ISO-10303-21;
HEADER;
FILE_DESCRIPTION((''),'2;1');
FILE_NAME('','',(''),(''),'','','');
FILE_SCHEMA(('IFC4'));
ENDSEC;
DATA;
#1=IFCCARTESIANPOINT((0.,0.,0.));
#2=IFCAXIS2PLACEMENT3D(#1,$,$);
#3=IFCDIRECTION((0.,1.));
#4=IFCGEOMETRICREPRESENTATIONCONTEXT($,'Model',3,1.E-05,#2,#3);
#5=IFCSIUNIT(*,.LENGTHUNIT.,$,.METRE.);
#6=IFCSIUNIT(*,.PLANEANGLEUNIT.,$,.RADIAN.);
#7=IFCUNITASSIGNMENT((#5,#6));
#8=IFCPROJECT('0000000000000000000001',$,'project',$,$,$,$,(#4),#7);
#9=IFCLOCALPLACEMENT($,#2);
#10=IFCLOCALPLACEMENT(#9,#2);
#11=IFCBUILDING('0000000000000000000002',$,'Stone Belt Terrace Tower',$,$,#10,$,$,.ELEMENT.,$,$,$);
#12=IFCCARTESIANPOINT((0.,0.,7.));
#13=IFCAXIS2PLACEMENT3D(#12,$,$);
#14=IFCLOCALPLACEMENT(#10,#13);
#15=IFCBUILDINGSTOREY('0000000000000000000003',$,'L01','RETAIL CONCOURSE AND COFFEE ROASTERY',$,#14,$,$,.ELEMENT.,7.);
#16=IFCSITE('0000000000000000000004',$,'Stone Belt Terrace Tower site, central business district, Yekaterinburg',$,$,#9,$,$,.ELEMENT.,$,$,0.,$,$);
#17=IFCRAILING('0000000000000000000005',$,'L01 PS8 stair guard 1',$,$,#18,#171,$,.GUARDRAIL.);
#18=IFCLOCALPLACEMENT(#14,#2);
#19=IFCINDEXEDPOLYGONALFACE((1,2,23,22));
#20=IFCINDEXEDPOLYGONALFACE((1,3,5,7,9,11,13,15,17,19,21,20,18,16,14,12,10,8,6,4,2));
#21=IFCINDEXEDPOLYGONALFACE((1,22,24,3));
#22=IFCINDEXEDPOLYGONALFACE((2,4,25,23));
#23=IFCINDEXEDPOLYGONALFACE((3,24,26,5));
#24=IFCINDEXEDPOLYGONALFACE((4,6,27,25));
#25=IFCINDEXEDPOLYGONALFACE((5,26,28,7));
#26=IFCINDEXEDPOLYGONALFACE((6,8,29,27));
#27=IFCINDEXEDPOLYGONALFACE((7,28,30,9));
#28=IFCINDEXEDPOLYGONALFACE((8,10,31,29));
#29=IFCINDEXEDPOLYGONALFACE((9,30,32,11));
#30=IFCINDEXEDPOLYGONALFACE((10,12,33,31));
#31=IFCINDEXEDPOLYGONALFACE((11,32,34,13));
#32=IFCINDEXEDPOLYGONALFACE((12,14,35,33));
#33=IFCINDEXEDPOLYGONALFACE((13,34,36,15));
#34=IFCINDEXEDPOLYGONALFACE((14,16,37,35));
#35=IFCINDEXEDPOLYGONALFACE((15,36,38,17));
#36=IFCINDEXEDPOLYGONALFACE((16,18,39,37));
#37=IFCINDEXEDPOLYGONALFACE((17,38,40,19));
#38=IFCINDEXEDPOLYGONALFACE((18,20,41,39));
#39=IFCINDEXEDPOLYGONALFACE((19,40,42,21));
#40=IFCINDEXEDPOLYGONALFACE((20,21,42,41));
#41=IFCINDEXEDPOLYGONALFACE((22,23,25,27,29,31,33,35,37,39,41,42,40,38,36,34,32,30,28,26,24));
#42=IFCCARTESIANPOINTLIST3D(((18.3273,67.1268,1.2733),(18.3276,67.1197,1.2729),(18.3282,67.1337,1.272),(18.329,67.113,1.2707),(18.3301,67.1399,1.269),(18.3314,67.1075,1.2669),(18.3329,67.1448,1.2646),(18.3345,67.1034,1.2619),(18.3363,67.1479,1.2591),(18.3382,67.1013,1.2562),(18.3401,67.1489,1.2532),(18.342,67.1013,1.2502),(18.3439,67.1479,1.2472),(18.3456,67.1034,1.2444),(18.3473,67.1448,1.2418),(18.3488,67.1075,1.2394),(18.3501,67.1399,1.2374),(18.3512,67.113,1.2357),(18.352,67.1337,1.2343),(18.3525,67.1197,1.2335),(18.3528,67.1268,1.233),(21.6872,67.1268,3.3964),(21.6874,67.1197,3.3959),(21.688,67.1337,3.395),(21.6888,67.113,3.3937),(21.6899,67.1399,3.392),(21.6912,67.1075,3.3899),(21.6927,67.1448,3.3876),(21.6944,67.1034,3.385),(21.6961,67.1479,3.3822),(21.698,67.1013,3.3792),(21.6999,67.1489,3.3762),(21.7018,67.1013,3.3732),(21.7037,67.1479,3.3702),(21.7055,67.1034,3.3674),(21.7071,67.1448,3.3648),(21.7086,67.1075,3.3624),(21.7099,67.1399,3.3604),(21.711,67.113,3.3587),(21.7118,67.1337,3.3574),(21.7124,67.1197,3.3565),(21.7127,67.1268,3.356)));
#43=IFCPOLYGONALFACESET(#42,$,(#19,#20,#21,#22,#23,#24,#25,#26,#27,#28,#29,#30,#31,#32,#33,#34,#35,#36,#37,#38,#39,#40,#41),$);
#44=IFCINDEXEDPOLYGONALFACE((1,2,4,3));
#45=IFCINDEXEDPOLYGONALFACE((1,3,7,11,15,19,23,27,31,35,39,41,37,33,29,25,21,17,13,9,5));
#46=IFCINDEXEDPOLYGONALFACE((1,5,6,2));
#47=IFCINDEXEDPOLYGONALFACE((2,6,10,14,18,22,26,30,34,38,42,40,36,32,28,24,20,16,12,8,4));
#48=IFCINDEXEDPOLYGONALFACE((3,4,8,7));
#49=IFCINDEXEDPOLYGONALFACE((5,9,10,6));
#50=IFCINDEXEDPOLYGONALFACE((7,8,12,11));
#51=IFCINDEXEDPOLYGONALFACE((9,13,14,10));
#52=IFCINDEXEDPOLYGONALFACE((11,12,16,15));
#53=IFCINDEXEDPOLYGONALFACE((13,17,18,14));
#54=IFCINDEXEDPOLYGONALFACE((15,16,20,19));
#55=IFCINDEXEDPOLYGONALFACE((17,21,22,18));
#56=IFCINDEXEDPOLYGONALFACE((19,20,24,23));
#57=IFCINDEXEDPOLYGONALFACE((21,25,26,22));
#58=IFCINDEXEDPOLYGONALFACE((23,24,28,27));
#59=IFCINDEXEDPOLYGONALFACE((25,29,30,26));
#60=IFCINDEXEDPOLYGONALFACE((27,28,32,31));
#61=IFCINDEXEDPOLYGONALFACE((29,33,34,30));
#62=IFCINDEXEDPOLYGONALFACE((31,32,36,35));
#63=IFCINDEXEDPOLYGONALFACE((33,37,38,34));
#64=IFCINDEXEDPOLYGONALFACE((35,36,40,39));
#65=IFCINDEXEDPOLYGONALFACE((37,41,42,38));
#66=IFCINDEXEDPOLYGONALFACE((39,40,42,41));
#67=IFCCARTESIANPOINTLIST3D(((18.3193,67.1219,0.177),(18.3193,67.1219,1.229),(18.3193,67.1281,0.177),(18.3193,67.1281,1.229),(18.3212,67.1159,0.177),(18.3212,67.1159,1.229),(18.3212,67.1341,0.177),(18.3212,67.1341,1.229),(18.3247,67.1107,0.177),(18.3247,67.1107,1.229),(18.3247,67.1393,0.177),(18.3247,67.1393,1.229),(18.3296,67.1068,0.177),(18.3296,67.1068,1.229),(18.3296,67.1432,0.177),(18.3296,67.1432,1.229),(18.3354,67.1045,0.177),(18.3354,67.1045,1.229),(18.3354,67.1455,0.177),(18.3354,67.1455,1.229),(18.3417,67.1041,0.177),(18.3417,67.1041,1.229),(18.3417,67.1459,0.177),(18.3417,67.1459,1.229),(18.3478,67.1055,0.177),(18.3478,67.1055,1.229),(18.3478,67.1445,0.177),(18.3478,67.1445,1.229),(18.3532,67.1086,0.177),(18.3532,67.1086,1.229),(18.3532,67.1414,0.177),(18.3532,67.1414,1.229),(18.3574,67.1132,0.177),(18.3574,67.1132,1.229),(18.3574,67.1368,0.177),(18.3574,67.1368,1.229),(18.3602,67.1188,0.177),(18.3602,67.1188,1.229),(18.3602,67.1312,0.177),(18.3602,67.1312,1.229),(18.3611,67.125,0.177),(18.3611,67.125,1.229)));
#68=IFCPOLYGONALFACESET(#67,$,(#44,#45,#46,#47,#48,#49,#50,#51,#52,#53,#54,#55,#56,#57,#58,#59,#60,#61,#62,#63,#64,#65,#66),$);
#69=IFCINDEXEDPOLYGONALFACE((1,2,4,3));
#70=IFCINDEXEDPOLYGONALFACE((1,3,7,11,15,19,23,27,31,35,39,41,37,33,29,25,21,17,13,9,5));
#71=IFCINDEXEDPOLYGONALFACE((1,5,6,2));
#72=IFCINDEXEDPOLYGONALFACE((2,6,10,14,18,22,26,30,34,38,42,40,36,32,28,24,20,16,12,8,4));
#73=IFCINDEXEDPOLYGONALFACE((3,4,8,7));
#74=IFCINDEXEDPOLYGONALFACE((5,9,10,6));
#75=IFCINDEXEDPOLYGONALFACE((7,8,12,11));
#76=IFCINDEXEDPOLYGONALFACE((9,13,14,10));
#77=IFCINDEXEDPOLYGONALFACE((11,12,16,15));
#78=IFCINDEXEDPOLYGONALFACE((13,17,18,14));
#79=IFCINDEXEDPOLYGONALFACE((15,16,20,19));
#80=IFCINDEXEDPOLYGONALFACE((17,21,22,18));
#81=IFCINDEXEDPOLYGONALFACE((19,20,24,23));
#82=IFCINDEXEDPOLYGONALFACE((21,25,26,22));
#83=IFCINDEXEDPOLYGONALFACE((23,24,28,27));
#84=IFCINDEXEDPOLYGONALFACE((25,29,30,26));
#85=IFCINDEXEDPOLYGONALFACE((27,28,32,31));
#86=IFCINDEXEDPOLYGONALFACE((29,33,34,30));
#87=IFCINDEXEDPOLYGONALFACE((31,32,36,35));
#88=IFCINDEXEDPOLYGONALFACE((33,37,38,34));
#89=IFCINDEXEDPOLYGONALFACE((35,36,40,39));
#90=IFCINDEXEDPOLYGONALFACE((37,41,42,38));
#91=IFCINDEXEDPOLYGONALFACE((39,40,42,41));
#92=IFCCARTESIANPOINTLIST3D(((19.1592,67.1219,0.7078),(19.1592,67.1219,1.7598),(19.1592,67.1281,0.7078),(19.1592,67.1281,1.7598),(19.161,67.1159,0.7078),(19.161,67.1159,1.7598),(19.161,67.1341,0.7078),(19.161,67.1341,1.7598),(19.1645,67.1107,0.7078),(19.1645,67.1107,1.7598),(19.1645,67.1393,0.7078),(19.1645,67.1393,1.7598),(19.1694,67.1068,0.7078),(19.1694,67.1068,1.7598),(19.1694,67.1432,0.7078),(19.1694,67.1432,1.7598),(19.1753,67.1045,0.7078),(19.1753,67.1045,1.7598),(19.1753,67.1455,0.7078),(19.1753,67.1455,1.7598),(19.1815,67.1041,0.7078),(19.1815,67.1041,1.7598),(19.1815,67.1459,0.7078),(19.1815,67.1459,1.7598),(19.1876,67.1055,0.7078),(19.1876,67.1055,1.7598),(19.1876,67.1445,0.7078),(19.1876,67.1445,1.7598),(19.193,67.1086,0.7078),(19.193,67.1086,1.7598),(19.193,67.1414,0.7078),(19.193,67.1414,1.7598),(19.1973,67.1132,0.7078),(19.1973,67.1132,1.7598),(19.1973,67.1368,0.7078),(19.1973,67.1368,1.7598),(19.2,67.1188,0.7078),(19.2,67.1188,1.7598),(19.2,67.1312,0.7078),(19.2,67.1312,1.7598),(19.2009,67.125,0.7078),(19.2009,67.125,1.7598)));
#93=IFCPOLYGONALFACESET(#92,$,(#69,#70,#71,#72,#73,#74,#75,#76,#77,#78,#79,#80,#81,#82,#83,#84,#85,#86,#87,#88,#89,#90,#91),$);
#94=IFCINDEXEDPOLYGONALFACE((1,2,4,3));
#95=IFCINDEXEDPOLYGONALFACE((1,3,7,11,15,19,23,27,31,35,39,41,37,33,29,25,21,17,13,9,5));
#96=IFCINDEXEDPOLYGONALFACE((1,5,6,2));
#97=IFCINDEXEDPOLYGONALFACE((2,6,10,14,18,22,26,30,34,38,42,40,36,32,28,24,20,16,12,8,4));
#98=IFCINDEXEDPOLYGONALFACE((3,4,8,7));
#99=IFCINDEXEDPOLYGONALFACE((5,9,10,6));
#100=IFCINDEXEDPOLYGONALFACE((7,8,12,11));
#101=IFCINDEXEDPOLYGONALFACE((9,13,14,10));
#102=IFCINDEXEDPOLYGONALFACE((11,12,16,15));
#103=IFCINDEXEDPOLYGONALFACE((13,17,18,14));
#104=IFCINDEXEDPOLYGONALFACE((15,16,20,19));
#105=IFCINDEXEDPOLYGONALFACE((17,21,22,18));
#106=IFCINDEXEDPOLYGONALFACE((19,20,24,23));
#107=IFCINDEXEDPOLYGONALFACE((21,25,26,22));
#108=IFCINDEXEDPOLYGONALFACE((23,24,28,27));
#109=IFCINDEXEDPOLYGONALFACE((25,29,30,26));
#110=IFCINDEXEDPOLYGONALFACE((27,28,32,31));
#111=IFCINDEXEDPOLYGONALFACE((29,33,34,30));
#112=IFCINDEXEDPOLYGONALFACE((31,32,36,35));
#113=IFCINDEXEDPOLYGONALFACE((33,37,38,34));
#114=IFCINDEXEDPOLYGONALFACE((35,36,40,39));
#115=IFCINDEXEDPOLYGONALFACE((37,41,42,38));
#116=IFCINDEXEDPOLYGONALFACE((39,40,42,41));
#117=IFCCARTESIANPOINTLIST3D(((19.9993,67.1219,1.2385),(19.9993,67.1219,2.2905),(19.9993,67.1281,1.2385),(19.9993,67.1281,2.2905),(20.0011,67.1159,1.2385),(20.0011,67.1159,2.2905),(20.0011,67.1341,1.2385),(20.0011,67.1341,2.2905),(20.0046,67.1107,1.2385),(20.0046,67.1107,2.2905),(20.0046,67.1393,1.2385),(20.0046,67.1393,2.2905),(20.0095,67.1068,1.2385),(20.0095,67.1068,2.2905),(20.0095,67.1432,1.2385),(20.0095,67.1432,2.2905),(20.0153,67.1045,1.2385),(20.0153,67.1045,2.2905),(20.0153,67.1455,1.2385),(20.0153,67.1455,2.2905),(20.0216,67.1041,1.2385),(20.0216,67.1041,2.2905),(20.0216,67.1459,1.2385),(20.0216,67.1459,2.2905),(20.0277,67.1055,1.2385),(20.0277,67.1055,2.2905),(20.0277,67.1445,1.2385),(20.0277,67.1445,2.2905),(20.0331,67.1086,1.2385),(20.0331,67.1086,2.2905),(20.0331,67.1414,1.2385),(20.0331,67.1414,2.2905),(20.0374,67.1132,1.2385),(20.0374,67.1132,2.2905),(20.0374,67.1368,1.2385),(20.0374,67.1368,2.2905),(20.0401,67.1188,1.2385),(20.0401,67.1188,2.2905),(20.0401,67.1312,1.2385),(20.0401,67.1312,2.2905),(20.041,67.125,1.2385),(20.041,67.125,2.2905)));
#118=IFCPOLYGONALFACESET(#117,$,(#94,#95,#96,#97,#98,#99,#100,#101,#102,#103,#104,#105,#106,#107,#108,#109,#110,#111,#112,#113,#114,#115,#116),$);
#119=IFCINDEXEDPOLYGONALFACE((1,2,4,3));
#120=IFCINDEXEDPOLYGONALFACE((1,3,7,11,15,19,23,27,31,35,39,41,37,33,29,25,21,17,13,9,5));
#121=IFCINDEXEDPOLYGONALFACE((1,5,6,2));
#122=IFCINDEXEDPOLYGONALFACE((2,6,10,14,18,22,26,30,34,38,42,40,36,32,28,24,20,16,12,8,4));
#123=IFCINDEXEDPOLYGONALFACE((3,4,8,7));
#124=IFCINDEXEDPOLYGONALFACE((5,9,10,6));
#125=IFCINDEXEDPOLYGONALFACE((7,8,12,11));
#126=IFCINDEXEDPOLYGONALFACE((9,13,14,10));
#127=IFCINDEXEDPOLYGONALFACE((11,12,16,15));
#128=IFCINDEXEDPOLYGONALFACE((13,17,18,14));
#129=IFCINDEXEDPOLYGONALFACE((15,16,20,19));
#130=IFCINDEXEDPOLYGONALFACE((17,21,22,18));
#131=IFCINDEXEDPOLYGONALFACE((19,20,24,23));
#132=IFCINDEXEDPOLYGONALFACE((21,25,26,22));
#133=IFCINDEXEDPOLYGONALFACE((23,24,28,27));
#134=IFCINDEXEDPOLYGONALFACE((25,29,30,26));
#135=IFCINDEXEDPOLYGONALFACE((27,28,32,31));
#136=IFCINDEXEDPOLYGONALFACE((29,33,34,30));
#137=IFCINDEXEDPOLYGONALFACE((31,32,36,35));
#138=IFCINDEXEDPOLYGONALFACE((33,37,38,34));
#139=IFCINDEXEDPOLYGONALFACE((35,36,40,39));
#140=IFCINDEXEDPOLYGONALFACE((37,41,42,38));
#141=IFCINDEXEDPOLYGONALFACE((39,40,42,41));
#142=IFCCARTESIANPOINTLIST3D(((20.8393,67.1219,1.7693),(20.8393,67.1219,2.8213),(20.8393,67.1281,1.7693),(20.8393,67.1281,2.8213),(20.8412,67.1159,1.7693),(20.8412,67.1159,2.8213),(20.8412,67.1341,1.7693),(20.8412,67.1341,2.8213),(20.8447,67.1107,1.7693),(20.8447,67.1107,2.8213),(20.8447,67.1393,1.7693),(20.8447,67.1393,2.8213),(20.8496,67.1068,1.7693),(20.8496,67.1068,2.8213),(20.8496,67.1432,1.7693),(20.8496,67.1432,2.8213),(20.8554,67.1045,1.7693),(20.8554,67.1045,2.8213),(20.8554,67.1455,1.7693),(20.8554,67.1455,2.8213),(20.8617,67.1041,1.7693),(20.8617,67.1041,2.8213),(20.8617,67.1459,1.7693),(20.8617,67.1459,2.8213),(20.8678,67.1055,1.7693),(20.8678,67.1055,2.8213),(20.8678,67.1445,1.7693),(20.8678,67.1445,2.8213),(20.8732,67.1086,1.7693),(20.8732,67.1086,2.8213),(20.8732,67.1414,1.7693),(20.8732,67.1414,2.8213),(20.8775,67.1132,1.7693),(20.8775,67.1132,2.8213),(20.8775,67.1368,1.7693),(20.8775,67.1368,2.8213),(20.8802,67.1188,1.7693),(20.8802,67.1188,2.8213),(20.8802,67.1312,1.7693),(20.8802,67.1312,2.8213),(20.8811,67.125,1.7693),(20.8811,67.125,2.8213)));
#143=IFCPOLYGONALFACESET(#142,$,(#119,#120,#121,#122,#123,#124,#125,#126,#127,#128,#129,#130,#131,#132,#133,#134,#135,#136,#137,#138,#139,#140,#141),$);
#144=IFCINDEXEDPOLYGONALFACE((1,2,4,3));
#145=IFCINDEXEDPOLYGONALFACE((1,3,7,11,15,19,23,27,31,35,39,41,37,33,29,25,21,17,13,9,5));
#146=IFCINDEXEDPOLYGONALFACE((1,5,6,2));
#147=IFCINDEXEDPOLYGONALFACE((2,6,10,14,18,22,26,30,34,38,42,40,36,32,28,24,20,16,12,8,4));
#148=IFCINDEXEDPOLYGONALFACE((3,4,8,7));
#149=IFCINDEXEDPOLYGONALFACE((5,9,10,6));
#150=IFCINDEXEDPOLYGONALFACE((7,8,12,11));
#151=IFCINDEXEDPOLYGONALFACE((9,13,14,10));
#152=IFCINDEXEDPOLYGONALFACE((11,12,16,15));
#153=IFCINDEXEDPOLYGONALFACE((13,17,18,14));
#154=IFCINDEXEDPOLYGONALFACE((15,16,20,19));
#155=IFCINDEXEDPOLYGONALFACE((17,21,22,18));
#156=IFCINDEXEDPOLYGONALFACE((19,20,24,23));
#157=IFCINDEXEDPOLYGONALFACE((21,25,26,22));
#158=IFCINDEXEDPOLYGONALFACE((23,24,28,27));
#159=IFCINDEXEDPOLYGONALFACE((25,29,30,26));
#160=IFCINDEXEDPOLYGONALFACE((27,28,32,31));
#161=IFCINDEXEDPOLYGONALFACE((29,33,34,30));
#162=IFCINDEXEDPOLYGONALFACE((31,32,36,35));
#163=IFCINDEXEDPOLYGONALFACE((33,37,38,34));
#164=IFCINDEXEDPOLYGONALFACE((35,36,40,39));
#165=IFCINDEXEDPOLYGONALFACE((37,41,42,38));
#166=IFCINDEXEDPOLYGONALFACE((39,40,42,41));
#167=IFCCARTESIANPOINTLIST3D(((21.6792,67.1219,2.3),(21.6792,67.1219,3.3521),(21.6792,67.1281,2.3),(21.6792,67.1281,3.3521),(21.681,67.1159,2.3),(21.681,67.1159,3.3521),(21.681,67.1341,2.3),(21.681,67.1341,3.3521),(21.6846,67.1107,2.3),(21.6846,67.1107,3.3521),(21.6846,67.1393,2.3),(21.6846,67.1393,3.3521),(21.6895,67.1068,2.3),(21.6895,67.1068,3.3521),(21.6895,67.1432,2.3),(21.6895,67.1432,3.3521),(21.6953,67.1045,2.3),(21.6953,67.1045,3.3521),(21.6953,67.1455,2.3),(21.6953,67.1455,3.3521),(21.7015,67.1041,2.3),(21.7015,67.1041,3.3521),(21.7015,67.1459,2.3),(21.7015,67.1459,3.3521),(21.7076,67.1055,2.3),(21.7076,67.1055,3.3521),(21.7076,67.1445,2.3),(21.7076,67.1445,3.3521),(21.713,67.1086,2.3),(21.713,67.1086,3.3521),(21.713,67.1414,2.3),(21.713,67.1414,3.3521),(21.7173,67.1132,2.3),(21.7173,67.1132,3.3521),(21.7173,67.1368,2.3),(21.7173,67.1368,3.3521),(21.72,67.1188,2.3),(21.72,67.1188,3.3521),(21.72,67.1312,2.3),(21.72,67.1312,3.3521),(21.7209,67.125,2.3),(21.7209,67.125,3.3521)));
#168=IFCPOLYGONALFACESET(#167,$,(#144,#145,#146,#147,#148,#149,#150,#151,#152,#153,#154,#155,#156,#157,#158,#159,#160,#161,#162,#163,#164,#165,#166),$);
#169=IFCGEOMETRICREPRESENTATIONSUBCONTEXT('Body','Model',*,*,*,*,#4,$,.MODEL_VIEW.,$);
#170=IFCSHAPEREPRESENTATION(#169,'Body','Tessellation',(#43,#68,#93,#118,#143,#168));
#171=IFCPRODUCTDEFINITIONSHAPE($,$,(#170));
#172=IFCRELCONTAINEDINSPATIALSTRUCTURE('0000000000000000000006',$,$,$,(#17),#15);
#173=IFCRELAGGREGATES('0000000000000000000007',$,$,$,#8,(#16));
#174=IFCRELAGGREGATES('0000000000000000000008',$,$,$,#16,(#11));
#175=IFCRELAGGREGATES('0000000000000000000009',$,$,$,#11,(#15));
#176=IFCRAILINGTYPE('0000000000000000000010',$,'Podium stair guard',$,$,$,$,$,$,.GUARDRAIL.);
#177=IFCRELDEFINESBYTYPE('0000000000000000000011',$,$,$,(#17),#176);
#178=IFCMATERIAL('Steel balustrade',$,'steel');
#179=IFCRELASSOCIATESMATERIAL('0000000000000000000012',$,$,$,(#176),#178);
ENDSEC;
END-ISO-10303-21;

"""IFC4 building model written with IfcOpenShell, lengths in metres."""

from ifc_helpers import new_model, si_unit, direction, frame, origin, origin_2d, place, context, subcontext, project, spatial, circle, extrude, material, type_object, element, save


model = new_model("IFC4")

# Units and contexts
model_context = context("Model", 3, precision=1e-05, world=origin(), true_north=direction((0.0, 1.0)))
body_context = subcontext(model_context, "Body", "Model", "MODEL_VIEW")
ifc_project = project(units=[si_unit("LENGTHUNIT", "METRE"), si_unit("PLANEANGLEUNIT", "RADIAN")], contexts=[model_context])

# Site, building, storey
site_placement = place(None, origin())
site = spatial("IfcSite", under=ifc_project, at=site_placement, Name="Stone Belt Terrace Tower site, central business district, Yekaterinburg", CompositionType="ELEMENT", RefElevation=0.0)
building_placement = place(site_placement, origin())
building = spatial("IfcBuilding", under=site, at=building_placement, Name="Stone Belt Terrace Tower", CompositionType="ELEMENT")
storey_placement = place(building_placement, frame((0.0, 0.0, 7.0)))
storey = spatial("IfcBuildingStorey", under=building, at=storey_placement, Name="L01", Description="RETAIL CONCOURSE AND COFFEE ROASTERY", CompositionType="ELEMENT", Elevation=7.0)

# Railing
ifc_material_1 = material(Name="Steel balustrade", Category="steel")
railing_type_1 = type_object("IfcRailingType", Name="Podium stair guard", PredefinedType="GUARDRAIL", material=ifc_material_1)
railing_1_placement = place(storey_placement, frame((18.3401, 67.125, 0.177)))
element("IfcRailing", 1, at=railing_1_placement, inside=storey, type_object=railing_type_1, Name="L01 PS8 stair guard 1", PredefinedType="GUARDRAIL", context=body_context, shape_type="SweptSolid", body=[
    extrude(circle(Radius=0.0239, at=origin_2d()), frame((0.0, 0.0, 1.0762), z_axis=(0.845372, 0.0, 0.534178), x_axis=(0.0, 1.0, 0.0)), (0.0, 0.0, 1.0), 3.9744),
    extrude(circle(Radius=0.021, at=origin_2d()), origin(), (0.0, 0.0, 1.0), 1.052),
    extrude(circle(Radius=0.021, at=origin_2d()), frame((0.8398, 0.0, 0.5308)), (0.0, 0.0, 1.0), 1.052),
    extrude(circle(Radius=0.021, at=origin_2d()), frame((1.6799, 0.0, 1.0615)), (0.0, 0.0, 1.0), 1.052),
    extrude(circle(Radius=0.021, at=origin_2d()), frame((2.52, 0.0, 1.5923)), (0.0, 0.0, 1.0), 1.052),
    extrude(circle(Radius=0.021, at=origin_2d()), frame((3.3599, 0.0, 2.123)), (0.0, 0.0, 1.0), 1.052),
])

save(model, "model.ifc")
